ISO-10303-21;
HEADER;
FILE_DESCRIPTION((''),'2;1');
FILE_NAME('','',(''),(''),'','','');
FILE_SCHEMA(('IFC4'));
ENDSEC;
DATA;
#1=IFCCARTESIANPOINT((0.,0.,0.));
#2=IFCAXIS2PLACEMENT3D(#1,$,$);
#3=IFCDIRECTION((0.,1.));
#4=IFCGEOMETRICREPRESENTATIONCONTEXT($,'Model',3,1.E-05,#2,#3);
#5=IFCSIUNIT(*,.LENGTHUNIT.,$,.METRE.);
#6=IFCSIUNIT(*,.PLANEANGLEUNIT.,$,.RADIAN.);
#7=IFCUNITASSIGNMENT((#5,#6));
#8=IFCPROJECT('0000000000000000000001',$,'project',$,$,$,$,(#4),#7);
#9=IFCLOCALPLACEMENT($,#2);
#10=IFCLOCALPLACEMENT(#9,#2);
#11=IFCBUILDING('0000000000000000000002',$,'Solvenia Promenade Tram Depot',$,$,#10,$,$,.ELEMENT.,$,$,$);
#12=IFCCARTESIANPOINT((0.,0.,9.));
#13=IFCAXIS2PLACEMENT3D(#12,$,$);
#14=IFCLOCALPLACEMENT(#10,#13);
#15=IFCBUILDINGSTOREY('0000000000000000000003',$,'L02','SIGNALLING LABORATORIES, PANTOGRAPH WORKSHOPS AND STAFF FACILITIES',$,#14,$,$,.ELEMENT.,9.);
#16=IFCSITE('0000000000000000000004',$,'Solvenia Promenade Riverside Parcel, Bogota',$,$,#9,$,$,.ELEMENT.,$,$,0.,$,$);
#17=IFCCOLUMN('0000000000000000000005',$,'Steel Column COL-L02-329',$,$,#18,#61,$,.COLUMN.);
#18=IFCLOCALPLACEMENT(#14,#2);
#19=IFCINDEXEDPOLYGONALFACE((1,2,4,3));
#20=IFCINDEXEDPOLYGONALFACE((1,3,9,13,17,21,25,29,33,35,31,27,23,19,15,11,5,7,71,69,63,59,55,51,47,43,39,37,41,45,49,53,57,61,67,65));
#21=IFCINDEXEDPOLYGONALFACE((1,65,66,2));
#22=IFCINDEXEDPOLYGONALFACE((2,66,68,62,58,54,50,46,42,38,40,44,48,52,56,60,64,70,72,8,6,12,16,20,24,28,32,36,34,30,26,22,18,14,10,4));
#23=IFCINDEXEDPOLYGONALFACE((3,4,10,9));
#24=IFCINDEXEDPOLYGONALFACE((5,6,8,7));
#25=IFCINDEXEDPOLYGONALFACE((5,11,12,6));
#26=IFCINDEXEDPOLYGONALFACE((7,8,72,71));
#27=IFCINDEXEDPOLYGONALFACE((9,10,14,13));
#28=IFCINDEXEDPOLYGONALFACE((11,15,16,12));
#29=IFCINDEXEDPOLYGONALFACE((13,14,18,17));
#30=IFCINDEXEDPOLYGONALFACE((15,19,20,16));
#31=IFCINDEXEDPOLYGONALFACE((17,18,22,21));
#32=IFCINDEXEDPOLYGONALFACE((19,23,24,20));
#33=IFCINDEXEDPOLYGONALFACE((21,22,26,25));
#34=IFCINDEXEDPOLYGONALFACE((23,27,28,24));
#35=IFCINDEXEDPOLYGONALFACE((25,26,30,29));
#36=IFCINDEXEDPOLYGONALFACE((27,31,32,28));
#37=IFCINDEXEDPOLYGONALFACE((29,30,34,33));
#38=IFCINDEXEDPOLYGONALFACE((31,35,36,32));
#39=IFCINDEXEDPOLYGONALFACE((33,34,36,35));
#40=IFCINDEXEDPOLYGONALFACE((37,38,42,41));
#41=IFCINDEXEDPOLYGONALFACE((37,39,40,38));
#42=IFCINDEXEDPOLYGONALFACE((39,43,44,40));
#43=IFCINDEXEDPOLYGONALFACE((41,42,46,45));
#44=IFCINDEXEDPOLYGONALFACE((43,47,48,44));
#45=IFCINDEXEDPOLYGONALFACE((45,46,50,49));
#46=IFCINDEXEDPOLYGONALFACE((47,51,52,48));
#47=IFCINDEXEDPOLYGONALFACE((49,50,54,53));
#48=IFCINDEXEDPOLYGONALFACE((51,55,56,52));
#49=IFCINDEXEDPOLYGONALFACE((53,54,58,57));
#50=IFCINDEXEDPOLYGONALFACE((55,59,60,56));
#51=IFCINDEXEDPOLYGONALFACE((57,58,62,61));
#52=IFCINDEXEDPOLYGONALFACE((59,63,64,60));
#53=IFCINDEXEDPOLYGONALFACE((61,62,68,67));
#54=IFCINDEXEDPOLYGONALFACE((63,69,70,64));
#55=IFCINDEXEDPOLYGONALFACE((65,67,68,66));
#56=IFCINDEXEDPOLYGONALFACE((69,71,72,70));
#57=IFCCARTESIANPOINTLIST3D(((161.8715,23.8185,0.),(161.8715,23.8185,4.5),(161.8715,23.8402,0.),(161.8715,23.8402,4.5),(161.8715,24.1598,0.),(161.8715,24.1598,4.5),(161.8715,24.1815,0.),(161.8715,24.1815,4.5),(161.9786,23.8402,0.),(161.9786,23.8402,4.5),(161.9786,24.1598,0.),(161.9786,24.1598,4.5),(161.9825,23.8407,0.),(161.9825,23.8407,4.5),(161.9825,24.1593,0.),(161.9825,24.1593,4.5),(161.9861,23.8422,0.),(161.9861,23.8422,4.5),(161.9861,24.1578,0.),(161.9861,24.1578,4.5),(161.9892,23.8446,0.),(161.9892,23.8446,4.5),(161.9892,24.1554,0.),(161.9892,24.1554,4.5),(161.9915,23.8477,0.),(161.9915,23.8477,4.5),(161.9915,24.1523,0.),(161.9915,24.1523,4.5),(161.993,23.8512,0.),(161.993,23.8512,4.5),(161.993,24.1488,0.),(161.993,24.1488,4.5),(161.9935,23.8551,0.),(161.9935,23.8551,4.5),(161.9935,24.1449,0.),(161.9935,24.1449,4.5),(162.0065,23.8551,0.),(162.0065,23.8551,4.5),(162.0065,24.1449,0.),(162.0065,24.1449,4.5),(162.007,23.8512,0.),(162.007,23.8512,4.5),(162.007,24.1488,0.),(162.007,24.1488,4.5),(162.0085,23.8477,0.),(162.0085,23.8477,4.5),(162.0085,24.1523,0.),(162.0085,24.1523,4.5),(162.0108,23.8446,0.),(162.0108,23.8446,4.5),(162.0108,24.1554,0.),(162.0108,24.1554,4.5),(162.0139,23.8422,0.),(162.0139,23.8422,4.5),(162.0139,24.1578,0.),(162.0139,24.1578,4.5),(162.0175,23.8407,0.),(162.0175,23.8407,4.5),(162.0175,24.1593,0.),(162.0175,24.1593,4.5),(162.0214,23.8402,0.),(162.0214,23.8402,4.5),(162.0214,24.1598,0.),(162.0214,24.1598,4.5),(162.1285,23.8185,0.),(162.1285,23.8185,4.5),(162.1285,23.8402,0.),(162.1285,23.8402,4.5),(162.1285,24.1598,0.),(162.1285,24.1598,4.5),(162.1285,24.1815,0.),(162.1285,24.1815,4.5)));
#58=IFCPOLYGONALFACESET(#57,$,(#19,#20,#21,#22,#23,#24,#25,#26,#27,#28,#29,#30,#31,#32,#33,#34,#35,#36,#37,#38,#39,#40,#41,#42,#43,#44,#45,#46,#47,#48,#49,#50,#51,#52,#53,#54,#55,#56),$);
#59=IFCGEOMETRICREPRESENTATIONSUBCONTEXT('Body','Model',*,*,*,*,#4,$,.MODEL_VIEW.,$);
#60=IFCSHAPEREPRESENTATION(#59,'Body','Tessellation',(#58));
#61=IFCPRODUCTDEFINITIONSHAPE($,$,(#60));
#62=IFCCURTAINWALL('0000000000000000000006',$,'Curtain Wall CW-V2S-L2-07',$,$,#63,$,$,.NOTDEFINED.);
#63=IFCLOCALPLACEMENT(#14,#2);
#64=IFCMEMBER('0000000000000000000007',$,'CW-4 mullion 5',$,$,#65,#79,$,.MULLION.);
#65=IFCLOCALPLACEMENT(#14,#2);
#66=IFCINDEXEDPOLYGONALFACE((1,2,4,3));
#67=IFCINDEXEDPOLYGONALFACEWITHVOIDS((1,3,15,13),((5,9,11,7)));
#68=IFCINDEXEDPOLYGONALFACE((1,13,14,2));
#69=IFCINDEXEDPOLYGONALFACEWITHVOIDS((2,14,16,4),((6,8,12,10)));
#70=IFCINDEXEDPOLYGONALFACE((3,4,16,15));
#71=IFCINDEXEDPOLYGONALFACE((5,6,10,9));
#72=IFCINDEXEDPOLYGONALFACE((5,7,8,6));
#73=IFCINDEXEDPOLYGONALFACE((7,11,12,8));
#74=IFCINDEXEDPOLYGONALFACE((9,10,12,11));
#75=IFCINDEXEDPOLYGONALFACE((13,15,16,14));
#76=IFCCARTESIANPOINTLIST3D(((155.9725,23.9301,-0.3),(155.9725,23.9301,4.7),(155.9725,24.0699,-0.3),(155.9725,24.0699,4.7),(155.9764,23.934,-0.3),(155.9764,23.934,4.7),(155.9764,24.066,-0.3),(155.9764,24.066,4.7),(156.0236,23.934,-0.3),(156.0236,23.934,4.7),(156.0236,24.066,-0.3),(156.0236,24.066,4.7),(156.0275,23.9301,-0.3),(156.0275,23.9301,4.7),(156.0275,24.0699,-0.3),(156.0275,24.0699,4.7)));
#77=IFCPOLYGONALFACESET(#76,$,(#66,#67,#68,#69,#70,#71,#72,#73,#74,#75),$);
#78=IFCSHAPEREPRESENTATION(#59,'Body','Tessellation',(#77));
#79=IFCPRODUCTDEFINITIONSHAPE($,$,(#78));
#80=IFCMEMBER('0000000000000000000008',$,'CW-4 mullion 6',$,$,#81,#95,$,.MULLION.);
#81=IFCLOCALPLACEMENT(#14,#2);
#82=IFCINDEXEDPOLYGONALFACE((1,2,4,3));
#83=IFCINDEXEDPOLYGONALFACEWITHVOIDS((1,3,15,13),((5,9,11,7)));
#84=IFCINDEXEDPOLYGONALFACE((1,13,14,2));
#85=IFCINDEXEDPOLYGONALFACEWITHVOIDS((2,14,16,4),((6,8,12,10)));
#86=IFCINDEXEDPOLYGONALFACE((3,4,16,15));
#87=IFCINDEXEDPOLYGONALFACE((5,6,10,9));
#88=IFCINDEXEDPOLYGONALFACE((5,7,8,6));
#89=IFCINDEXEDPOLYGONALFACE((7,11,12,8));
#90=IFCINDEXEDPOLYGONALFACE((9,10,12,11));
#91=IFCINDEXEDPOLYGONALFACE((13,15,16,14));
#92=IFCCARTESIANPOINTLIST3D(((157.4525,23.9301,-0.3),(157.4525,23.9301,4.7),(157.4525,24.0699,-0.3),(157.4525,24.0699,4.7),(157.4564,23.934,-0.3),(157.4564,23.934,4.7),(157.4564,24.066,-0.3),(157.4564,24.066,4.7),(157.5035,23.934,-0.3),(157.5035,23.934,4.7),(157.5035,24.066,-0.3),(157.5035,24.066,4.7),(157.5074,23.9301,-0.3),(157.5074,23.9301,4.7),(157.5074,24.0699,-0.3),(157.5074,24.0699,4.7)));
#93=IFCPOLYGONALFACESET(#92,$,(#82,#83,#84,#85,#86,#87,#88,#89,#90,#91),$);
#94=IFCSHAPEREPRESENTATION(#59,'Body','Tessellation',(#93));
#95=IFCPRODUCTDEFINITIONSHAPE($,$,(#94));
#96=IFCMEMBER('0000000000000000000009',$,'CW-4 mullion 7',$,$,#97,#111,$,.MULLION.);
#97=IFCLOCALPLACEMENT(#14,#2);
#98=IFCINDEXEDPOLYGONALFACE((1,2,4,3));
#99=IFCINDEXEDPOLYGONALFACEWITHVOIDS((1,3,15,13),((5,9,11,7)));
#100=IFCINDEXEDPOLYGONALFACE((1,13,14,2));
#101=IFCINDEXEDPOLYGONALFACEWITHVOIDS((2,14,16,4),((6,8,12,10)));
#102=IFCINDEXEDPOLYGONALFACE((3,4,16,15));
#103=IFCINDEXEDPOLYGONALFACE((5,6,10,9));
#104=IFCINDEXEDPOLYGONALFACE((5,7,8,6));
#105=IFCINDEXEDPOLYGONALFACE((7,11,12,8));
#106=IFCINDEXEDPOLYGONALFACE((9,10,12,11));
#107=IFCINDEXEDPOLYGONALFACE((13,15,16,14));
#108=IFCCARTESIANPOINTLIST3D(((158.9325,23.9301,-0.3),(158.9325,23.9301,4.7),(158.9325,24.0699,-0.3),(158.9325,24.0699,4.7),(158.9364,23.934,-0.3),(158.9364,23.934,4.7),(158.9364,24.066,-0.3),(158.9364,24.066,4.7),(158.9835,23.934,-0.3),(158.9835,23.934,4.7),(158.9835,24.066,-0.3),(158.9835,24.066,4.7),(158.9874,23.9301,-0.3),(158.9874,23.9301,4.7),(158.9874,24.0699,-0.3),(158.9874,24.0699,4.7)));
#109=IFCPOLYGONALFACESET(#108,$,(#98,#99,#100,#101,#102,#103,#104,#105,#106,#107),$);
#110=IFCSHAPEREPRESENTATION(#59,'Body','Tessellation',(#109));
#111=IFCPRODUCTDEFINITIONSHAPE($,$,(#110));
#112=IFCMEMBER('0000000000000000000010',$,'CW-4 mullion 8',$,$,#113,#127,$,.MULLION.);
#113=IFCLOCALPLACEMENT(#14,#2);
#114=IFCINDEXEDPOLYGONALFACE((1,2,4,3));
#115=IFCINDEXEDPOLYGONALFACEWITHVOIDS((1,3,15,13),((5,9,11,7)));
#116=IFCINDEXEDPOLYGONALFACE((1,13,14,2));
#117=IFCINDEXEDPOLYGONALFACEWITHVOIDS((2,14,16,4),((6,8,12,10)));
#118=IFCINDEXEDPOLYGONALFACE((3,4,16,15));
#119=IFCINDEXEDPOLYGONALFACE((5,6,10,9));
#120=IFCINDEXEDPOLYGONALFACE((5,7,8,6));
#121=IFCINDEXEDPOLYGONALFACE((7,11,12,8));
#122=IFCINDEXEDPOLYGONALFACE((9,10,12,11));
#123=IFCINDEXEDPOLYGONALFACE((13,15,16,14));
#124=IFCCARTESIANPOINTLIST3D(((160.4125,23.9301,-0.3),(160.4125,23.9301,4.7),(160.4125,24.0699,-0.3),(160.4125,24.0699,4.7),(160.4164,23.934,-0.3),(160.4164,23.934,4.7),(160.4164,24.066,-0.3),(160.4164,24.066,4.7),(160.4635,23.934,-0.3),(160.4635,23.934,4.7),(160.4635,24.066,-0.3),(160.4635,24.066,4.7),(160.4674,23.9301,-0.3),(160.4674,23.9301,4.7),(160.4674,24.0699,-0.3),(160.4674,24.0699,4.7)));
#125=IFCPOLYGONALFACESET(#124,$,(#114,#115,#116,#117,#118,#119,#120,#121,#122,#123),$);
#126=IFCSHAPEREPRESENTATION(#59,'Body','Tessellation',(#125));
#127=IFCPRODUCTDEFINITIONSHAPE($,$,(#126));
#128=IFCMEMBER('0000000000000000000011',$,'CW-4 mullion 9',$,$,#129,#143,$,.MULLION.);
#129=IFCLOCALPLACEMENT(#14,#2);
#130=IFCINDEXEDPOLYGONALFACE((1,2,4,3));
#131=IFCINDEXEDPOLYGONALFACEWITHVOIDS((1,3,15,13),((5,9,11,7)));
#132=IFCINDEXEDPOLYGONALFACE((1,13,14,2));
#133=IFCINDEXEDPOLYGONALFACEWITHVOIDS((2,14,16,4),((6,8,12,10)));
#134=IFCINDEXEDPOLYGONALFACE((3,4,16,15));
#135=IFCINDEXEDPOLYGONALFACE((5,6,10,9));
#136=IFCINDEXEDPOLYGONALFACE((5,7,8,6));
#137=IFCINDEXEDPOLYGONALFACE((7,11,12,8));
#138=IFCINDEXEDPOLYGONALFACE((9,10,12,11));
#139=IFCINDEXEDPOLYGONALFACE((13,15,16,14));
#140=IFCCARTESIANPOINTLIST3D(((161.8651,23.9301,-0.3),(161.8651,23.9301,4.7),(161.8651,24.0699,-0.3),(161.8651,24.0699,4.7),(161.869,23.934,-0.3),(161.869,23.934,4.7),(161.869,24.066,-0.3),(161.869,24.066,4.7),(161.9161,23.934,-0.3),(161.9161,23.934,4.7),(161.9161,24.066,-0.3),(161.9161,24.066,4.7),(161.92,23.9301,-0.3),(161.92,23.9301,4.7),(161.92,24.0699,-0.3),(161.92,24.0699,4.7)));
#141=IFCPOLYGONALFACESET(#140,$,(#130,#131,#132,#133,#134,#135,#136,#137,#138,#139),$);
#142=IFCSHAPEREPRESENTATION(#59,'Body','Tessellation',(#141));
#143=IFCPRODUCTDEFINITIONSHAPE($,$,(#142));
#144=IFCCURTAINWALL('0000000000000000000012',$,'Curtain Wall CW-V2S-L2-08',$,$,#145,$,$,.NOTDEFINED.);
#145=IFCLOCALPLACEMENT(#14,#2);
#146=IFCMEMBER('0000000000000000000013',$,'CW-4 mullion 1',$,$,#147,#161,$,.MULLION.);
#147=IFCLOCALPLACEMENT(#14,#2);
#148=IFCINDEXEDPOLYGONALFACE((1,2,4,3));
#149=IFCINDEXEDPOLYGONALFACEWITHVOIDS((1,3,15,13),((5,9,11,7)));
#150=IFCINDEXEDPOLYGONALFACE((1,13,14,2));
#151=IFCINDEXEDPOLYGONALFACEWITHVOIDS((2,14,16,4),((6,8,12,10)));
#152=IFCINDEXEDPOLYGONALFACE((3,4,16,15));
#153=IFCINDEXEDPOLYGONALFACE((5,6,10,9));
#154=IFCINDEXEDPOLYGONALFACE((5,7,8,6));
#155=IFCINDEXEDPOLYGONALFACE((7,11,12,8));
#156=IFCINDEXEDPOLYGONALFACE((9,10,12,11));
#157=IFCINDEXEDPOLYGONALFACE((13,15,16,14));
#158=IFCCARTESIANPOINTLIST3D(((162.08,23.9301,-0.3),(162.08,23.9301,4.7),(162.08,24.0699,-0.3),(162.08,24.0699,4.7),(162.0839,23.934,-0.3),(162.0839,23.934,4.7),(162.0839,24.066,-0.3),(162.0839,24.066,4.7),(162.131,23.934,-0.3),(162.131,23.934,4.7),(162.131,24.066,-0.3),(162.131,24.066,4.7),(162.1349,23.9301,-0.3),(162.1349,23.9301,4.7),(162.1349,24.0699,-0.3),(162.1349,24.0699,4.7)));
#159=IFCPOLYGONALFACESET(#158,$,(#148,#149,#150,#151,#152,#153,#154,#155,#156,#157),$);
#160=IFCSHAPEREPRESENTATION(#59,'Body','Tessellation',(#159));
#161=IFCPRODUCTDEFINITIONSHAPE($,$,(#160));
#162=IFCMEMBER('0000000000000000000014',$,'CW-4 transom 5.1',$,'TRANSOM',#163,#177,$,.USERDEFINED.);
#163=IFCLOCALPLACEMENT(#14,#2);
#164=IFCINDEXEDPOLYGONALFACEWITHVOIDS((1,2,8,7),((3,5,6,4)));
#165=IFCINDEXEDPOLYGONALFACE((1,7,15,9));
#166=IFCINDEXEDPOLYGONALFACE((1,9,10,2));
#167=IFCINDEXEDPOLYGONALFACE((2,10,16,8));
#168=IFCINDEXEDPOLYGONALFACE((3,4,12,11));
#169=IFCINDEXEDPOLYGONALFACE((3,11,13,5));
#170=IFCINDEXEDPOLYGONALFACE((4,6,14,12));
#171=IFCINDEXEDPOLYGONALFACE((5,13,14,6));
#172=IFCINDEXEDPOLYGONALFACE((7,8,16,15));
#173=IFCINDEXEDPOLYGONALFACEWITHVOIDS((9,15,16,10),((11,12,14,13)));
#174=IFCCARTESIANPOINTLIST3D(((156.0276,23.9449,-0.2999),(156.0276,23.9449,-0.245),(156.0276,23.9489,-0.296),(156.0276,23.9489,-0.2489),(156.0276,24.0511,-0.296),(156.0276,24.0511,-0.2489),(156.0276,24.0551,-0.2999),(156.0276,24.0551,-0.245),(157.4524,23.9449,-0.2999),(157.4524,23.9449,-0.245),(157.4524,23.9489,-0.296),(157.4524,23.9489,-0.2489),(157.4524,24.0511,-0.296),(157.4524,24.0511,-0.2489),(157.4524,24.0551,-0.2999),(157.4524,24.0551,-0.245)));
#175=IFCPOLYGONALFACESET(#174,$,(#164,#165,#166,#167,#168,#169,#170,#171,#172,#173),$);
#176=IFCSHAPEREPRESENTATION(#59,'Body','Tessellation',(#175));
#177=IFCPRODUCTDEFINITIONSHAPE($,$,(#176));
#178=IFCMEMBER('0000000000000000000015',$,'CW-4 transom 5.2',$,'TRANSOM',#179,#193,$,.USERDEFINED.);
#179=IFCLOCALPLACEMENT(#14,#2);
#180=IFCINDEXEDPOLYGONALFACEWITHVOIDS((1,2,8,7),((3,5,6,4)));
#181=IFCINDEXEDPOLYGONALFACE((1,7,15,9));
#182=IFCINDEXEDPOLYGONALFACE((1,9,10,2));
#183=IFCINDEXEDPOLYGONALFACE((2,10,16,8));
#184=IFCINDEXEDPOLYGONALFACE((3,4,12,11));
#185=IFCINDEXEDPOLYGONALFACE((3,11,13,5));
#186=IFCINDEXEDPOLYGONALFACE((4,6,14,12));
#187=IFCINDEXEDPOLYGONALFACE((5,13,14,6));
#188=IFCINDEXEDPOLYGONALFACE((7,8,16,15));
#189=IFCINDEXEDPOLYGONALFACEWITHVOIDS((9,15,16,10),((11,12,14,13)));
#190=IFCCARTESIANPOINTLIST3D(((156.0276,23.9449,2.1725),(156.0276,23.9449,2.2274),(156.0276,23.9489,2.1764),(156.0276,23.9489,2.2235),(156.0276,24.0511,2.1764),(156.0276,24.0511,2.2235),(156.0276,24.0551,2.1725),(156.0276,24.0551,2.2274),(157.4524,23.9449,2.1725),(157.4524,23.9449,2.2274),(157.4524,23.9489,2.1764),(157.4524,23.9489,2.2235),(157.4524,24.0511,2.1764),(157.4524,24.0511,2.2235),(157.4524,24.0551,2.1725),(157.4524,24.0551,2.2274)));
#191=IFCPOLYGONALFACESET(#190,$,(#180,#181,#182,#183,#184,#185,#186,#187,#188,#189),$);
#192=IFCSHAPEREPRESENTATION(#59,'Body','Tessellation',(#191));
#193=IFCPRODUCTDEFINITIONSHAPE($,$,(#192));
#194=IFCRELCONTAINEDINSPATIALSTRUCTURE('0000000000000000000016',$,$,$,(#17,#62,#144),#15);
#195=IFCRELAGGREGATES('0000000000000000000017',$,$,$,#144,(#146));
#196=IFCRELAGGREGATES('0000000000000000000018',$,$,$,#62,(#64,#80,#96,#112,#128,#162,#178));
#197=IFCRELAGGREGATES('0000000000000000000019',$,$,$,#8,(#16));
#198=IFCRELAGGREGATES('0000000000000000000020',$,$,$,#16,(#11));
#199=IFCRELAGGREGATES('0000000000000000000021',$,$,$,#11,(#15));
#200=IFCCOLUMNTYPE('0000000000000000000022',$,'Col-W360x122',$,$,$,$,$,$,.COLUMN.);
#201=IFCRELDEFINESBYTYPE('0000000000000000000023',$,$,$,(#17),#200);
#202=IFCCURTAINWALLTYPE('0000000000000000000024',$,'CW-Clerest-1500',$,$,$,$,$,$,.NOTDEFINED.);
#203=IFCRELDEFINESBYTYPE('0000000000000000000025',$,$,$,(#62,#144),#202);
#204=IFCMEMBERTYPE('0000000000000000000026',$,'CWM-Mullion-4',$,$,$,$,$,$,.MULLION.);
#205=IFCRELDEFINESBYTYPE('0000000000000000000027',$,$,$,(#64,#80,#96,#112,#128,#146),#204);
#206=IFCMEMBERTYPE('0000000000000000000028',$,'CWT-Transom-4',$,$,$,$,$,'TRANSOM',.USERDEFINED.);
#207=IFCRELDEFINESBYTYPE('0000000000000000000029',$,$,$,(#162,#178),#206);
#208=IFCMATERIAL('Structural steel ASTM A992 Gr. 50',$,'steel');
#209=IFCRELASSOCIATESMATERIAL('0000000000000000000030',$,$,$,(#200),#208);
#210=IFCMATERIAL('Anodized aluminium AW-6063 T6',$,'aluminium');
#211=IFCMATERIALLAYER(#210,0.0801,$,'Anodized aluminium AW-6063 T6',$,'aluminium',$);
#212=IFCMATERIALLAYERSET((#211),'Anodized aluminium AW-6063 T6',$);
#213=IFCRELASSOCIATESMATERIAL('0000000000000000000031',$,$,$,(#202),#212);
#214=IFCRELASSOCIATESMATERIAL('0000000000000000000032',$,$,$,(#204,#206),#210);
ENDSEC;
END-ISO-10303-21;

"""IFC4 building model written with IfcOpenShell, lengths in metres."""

from ifc_helpers import new_model, si_unit, direction, frame, origin, origin_2d, place, context, subcontext, project, spatial, hollow_rectangle, i_section, extrude, material, layer, layer_set, material_profile, profile_set, type_object, element, aggregate, save


model = new_model("IFC4")

# Units and contexts
model_context = context("Model", 3, precision=1e-05, world=origin(), true_north=direction((0.0, 1.0)))
body_context = subcontext(model_context, "Body", "Model", "MODEL_VIEW")
ifc_project = project(units=[si_unit("LENGTHUNIT", "METRE"), si_unit("PLANEANGLEUNIT", "RADIAN")], contexts=[model_context])

# Site, building, storey
site_placement = place(None, origin())
site = spatial("IfcSite", under=ifc_project, at=site_placement, Name="Solvenia Promenade Riverside Parcel, Bogota", CompositionType="ELEMENT", RefElevation=0.0)
building_placement = place(site_placement, origin())
building = spatial("IfcBuilding", under=site, at=building_placement, Name="Solvenia Promenade Tram Depot", CompositionType="ELEMENT")
storey_placement = place(building_placement, frame((0.0, 0.0, 9.0)))
storey = spatial("IfcBuildingStorey", under=building, at=storey_placement, Name="L02", Description="SIGNALLING LABORATORIES, PANTOGRAPH WORKSHOPS AND STAFF FACILITIES", CompositionType="ELEMENT", Elevation=9.0)

# Column
ifc_material_1 = material(Name="Structural steel ASTM A992 Gr. 50", Category="steel")
ifc_material_profile_1 = material_profile(ifc_material_1, i_section(OverallWidth=0.2571, OverallDepth=0.363, WebThickness=0.0129, FlangeThickness=0.0217, FilletRadius=0.0149, at=origin_2d()), Name="W360x122", Category="steel")
ifc_profile_set_1 = profile_set([ifc_material_profile_1], Name="Structural steel ASTM A992 Gr. 50")
column_type = type_object("IfcColumnType", Name="Col-W360x122", PredefinedType="COLUMN", material=ifc_profile_set_1)
column_placement = place(storey_placement, frame((162.0, 24.0, 0.0), z_axis=(0.0, 0.0, 1.0), x_axis=(1.0, 0.0, 0.0)))
element("IfcColumn", 1, at=column_placement, inside=storey, type_object=column_type, Name="Steel Column COL-L02-329", PredefinedType="COLUMN", context=body_context, shape_type="SweptSolid", body=[
    extrude(i_section(OverallWidth=0.2571, OverallDepth=0.363, WebThickness=0.0129, FlangeThickness=0.0217, FilletRadius=0.0149, at=origin_2d()), origin(), (0.0, 0.0, 1.0), 4.5),
])

# Curtain wall, members
ifc_material_2 = material(Name="Anodized aluminium AW-6063 T6", Category="aluminium")
ifc_layer_1 = layer(ifc_material_2, 0.0801, Name="Anodized aluminium AW-6063 T6", Category="aluminium")
ifc_layer_set_1 = layer_set([ifc_layer_1], Name="Anodized aluminium AW-6063 T6")
curtain_wall_type = type_object("IfcCurtainWallType", Name="CW-Clerest-1500", PredefinedType="NOTDEFINED", material=ifc_layer_set_1)
curtain_wall_1_placement = place(storey_placement, origin())
curtain_wall_1 = element("IfcCurtainWall", 2, at=curtain_wall_1_placement, inside=storey, type_object=curtain_wall_type, Name="Curtain Wall CW-V2S-L2-07", PredefinedType="NOTDEFINED")
ifc_material_profile_2 = material_profile(ifc_material_2, hollow_rectangle(XDim=0.1399, YDim=0.0549, WallThickness=0.0039, at=origin_2d()), Name="ALU-M4", Category="aluminium")
ifc_profile_set_2 = profile_set([ifc_material_profile_2], Name="Anodized aluminium AW-6063 T6")
member_type_1 = type_object("IfcMemberType", Name="CWM-Mullion-4", PredefinedType="MULLION", material=ifc_profile_set_2)
member_1_placement = place(storey_placement, frame((156.0, 24.0, -0.3), z_axis=(0.0, 0.0, 1.0), x_axis=(0.0, 1.0, 0.0)))
member_1 = element("IfcMember", 3, at=member_1_placement, type_object=member_type_1, Name="CW-4 mullion 5", PredefinedType="MULLION", context=body_context, shape_type="SweptSolid", body=[
    extrude(hollow_rectangle(XDim=0.1399, YDim=0.0549, WallThickness=0.0039, at=origin_2d()), origin(), (0.0, 0.0, 1.0), 5.0),
])
member_2_placement = place(storey_placement, frame((157.48, 24.0, -0.3), z_axis=(0.0, 0.0, 1.0), x_axis=(0.0, 1.0, 0.0)))
member_2 = element("IfcMember", 4, at=member_2_placement, type_object=member_type_1, Name="CW-4 mullion 6", PredefinedType="MULLION", context=body_context, shape_type="SweptSolid", body=[
    extrude(hollow_rectangle(XDim=0.1399, YDim=0.0549, WallThickness=0.0039, at=origin_2d()), origin(), (0.0, 0.0, 1.0), 5.0),
])
member_3_placement = place(storey_placement, frame((158.96, 24.0, -0.3), z_axis=(0.0, 0.0, 1.0), x_axis=(0.0, 1.0, 0.0)))
member_3 = element("IfcMember", 5, at=member_3_placement, type_object=member_type_1, Name="CW-4 mullion 7", PredefinedType="MULLION", context=body_context, shape_type="SweptSolid", body=[
    extrude(hollow_rectangle(XDim=0.1399, YDim=0.0549, WallThickness=0.0039, at=origin_2d()), origin(), (0.0, 0.0, 1.0), 5.0),
])
member_4_placement = place(storey_placement, frame((160.4399, 24.0, -0.3), z_axis=(0.0, 0.0, 1.0), x_axis=(0.0, 1.0, 0.0)))
member_4 = element("IfcMember", 6, at=member_4_placement, type_object=member_type_1, Name="CW-4 mullion 8", PredefinedType="MULLION", context=body_context, shape_type="SweptSolid", body=[
    extrude(hollow_rectangle(XDim=0.1399, YDim=0.0549, WallThickness=0.0039, at=origin_2d()), origin(), (0.0, 0.0, 1.0), 5.0),
])
member_5_placement = place(storey_placement, frame((161.8926, 24.0, -0.3), z_axis=(0.0, 0.0, 1.0), x_axis=(0.0, 1.0, 0.0)))
member_5 = element("IfcMember", 7, at=member_5_placement, type_object=member_type_1, Name="CW-4 mullion 9", PredefinedType="MULLION", context=body_context, shape_type="SweptSolid", body=[
    extrude(hollow_rectangle(XDim=0.1399, YDim=0.0549, WallThickness=0.0039, at=origin_2d()), origin(), (0.0, 0.0, 1.0), 5.0),
])

# Curtain wall, member
curtain_wall_2_placement = place(storey_placement, origin())
curtain_wall_2 = element("IfcCurtainWall", 8, at=curtain_wall_2_placement, inside=storey, type_object=curtain_wall_type, Name="Curtain Wall CW-V2S-L2-08", PredefinedType="NOTDEFINED")
member_6_placement = place(storey_placement, frame((162.1074, 24.0, -0.3), z_axis=(0.0, 0.0, 1.0), x_axis=(0.0, 1.0, 0.0)))
member_6 = element("IfcMember", 9, at=member_6_placement, type_object=member_type_1, Name="CW-4 mullion 1", PredefinedType="MULLION", context=body_context, shape_type="SweptSolid", body=[
    extrude(hollow_rectangle(XDim=0.1399, YDim=0.0549, WallThickness=0.0039, at=origin_2d()), origin(), (0.0, 0.0, 1.0), 5.0),
])
aggregate(curtain_wall_2, [member_6])

# Members
ifc_material_profile_3 = material_profile(ifc_material_2, hollow_rectangle(XDim=0.1101, YDim=0.0549, WallThickness=0.0039, at=origin_2d()), Name="ALU-T4", Category="aluminium")
ifc_profile_set_3 = profile_set([ifc_material_profile_3], Name="Anodized aluminium AW-6063 T6")
member_type_2 = type_object("IfcMemberType", Name="CWT-Transom-4", ElementType="TRANSOM", PredefinedType="USERDEFINED", material=ifc_profile_set_3)
member_7_placement = place(storey_placement, frame((156.0276, 24.0, -0.2725), z_axis=(1.0, 0.0, 0.0), x_axis=(0.0, 1.0, 0.0)))
member_7 = element("IfcMember", 10, at=member_7_placement, type_object=member_type_2, Name="CW-4 transom 5.1", ObjectType="TRANSOM", PredefinedType="USERDEFINED", context=body_context, shape_type="SweptSolid", body=[
    extrude(hollow_rectangle(XDim=0.1101, YDim=0.0549, WallThickness=0.0039, at=origin_2d()), origin(), (0.0, 0.0, 1.0), 1.4248),
])
member_8_placement = place(storey_placement, frame((156.0276, 24.0, 2.2), z_axis=(1.0, 0.0, 0.0), x_axis=(0.0, 1.0, 0.0)))
member_8 = element("IfcMember", 11, at=member_8_placement, type_object=member_type_2, Name="CW-4 transom 5.2", ObjectType="TRANSOM", PredefinedType="USERDEFINED", context=body_context, shape_type="SweptSolid", body=[
    extrude(hollow_rectangle(XDim=0.1101, YDim=0.0549, WallThickness=0.0039, at=origin_2d()), origin(), (0.0, 0.0, 1.0), 1.4248),
])

aggregate(curtain_wall_1, [member_1, member_2, member_3, member_4, member_5, member_7, member_8])

save(model, "model.ifc")
